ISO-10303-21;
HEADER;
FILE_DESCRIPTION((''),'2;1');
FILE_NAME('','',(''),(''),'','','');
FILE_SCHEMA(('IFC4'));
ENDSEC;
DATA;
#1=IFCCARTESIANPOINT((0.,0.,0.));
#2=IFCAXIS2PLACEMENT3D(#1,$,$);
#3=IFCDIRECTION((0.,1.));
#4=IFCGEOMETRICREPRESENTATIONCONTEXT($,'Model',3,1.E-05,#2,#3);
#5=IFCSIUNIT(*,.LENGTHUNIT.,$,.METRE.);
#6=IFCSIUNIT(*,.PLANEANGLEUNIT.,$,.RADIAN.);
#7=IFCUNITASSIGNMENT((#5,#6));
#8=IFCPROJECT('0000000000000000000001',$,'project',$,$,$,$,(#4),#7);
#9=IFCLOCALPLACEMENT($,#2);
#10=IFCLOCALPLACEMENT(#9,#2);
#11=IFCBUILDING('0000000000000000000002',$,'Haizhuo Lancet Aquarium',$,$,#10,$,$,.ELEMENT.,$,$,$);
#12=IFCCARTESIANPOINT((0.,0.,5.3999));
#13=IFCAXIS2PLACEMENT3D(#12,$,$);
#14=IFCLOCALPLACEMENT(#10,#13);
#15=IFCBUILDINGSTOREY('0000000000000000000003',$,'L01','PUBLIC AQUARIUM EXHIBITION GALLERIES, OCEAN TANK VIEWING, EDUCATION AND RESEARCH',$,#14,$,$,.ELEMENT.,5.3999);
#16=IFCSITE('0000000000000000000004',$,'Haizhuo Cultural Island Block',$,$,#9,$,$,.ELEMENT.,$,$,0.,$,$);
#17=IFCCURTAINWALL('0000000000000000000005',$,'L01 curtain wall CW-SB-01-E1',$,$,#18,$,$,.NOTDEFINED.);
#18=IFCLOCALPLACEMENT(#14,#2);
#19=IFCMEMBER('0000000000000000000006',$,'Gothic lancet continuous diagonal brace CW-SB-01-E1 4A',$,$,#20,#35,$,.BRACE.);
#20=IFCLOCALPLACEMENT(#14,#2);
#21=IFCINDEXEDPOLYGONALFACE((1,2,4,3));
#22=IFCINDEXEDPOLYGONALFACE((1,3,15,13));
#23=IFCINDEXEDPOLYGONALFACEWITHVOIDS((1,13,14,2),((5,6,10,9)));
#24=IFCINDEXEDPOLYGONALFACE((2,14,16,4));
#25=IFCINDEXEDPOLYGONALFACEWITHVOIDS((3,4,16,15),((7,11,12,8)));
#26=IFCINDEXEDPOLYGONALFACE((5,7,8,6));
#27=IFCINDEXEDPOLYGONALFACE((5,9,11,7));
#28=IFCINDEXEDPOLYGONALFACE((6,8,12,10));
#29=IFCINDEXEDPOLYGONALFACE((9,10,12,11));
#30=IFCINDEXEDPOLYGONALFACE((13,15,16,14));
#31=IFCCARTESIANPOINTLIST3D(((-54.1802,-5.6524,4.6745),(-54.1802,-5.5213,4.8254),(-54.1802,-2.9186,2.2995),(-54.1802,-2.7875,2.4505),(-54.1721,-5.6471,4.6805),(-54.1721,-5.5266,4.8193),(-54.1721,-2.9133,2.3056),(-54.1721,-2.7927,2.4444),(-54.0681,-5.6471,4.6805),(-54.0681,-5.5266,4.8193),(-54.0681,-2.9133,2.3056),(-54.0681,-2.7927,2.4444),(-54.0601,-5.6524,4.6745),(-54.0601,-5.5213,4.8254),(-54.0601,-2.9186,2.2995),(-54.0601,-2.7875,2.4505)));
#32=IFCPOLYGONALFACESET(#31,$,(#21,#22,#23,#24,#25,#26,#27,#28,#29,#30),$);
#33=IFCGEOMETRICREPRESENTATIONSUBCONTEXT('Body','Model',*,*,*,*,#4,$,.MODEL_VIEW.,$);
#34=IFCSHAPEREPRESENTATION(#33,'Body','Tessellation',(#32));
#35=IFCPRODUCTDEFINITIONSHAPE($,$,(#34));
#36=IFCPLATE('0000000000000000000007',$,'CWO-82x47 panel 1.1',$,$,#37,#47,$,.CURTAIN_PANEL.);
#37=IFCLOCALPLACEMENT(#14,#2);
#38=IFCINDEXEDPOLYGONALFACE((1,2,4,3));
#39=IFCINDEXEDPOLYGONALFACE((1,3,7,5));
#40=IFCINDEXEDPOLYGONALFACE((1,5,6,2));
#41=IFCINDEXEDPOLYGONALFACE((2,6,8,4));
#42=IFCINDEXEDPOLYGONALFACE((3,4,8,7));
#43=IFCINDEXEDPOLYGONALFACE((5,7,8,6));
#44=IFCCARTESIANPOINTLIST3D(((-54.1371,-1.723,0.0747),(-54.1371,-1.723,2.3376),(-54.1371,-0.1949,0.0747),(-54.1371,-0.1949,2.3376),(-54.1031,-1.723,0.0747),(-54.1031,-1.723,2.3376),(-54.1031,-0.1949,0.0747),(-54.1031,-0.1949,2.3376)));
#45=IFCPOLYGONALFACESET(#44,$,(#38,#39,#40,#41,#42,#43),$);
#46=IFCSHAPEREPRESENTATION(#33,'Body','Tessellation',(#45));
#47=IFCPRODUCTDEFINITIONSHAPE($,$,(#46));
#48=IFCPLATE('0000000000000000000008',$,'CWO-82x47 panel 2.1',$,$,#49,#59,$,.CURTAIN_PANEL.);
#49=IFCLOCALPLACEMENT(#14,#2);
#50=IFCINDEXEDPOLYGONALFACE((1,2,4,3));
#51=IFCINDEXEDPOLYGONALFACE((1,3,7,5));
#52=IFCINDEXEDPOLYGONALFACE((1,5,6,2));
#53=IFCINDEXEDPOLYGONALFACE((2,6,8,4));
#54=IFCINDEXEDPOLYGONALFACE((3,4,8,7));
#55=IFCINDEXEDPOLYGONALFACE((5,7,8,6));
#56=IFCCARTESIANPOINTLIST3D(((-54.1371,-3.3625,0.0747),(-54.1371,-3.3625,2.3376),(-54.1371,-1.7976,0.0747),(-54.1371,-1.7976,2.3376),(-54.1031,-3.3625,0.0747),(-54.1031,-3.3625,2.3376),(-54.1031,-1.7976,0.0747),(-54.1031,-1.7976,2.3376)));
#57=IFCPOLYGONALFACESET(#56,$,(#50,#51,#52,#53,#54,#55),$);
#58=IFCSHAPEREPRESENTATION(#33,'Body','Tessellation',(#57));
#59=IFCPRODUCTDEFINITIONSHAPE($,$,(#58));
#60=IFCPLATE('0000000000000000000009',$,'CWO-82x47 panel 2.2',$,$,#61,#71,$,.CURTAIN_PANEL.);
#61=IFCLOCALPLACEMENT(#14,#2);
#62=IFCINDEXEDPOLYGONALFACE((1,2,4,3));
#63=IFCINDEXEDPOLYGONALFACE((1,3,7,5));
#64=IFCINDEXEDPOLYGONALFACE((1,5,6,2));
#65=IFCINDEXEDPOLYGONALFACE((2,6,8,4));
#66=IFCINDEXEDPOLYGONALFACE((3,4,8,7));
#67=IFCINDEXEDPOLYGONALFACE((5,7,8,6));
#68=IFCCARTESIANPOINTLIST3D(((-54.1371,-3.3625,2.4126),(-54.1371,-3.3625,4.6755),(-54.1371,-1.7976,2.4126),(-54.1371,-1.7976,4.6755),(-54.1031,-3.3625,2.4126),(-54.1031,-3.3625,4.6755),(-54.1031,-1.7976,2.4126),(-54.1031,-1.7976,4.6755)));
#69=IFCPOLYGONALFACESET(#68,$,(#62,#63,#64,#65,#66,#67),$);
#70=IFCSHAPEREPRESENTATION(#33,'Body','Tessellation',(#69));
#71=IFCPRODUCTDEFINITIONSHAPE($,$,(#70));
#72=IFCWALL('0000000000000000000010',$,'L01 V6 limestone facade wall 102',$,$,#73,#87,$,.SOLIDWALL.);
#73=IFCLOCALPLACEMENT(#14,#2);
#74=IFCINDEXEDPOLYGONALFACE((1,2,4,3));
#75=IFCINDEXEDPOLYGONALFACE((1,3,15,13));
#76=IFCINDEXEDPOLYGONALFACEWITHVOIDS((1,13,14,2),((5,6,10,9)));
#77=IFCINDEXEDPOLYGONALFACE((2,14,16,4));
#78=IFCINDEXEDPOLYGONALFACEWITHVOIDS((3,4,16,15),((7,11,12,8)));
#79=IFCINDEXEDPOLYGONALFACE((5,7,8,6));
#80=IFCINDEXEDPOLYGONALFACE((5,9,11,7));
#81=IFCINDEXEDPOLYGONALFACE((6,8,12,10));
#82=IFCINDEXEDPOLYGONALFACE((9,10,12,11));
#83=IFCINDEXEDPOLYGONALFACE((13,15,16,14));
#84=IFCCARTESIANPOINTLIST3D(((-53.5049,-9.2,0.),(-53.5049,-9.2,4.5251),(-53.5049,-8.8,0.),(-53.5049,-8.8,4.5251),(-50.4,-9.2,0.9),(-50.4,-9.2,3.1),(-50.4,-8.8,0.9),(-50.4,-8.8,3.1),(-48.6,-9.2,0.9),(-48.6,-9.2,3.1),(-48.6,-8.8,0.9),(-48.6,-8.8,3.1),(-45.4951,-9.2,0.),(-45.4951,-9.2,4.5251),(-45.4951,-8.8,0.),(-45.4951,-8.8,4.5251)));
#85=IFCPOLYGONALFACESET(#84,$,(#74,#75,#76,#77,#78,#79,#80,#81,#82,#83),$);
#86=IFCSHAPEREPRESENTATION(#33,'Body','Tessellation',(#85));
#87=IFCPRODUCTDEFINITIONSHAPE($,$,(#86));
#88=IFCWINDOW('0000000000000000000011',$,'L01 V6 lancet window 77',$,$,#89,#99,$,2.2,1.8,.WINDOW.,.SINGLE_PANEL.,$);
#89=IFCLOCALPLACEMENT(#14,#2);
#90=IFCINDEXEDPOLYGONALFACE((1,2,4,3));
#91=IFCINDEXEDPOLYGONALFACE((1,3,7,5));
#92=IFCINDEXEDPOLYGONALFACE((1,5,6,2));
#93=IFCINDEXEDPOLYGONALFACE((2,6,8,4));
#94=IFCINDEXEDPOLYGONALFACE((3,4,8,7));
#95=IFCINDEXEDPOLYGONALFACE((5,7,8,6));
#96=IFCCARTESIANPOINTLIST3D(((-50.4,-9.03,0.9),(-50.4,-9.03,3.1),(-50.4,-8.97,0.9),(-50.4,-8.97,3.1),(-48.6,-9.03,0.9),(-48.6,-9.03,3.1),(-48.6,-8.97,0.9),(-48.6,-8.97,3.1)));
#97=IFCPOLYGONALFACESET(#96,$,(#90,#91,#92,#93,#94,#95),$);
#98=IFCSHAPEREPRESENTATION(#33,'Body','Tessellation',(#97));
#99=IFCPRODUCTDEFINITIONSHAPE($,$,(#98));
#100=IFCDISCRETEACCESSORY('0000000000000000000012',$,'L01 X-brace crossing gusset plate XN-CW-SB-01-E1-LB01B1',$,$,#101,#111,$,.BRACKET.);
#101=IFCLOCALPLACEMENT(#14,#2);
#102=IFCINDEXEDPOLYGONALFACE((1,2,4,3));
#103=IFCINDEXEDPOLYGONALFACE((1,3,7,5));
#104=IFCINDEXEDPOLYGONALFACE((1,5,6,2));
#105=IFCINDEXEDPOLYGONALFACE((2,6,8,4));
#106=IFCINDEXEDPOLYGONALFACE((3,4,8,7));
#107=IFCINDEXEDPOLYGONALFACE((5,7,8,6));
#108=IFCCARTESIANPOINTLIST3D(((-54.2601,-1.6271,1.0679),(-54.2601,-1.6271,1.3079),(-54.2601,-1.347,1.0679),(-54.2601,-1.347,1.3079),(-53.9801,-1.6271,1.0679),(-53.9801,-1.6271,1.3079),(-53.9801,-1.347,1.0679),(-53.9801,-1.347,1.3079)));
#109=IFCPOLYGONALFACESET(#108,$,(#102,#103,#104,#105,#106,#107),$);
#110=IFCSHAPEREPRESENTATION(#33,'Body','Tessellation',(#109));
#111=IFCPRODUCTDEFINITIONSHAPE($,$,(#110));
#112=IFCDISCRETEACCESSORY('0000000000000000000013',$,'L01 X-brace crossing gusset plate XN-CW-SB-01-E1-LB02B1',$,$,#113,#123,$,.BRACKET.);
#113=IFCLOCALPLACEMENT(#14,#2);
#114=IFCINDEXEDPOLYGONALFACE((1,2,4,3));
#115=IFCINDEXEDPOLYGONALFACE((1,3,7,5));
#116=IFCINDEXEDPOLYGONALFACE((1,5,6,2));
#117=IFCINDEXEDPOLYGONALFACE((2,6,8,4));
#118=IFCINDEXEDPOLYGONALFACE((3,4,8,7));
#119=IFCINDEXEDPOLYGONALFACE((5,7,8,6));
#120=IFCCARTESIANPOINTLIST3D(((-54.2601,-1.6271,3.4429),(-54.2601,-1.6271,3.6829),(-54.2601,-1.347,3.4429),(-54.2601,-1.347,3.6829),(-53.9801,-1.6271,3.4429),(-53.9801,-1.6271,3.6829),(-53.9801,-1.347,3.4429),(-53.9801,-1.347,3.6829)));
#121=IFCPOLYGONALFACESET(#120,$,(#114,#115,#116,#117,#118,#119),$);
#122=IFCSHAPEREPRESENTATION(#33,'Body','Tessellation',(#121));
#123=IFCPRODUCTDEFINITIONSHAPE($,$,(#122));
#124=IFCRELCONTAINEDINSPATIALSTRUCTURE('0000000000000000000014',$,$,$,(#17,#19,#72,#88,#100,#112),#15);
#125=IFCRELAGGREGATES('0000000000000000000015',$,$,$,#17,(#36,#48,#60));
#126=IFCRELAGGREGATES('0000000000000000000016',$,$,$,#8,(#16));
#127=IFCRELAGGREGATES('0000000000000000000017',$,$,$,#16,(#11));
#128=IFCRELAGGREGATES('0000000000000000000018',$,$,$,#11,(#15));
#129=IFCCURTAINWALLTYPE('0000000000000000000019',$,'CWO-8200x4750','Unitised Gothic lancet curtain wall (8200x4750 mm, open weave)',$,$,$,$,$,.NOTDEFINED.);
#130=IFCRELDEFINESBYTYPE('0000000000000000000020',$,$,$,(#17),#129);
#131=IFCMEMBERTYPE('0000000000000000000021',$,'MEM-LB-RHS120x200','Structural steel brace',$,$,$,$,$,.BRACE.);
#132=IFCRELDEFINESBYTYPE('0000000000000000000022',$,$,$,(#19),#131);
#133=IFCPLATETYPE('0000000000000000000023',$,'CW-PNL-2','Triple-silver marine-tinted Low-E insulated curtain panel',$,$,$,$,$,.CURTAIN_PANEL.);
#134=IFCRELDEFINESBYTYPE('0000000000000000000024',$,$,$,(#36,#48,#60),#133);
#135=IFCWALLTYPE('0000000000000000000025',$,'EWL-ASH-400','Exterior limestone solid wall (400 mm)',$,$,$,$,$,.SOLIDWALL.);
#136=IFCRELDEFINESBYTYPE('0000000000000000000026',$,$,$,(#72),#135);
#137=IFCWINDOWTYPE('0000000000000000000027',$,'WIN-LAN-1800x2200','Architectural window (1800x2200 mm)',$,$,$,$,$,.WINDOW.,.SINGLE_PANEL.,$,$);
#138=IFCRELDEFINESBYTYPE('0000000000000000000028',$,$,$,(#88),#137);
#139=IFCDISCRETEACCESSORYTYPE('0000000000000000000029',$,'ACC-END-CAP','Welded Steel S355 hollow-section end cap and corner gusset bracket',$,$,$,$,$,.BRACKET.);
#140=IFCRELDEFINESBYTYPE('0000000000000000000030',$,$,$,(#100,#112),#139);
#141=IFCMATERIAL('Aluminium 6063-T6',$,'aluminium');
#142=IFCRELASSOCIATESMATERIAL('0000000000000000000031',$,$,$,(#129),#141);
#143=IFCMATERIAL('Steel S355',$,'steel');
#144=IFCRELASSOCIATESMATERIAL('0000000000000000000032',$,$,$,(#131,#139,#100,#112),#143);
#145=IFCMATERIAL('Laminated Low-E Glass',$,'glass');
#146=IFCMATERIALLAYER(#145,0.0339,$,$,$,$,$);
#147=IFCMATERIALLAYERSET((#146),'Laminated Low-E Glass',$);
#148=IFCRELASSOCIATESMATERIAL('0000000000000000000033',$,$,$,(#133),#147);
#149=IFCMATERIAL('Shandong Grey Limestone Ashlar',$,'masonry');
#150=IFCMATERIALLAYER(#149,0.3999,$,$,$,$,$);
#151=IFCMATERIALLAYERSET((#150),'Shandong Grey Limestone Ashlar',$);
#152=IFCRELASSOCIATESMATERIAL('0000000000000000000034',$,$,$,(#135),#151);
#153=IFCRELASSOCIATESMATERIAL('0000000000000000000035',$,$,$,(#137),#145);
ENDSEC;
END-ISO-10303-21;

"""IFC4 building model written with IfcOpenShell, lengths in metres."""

from ifc_helpers import new_model, si_unit, direction, frame, frame_2d, origin, origin_2d, place, context, subcontext, project, spatial, rectangle, hollow_rectangle, extrude, material, layer, layer_set, material_profile, profile_set, type_object, element, fill, aggregate, save


model = new_model("IFC4")

# Units and contexts
model_context = context("Model", 3, precision=1e-05, world=origin(), true_north=direction((0.0, 1.0)))
body_context = subcontext(model_context, "Body", "Model", "MODEL_VIEW")
ifc_project = project(units=[si_unit("LENGTHUNIT", "METRE"), si_unit("PLANEANGLEUNIT", "RADIAN")], contexts=[model_context])

# Site, building, storey
site_placement = place(None, origin())
site = spatial("IfcSite", under=ifc_project, at=site_placement, Name="Haizhuo Cultural Island Block", CompositionType="ELEMENT", RefElevation=0.0)
building_placement = place(site_placement, origin())
building = spatial("IfcBuilding", under=site, at=building_placement, Name="Haizhuo Lancet Aquarium", CompositionType="ELEMENT")
storey_placement = place(building_placement, frame((0.0, 0.0, 5.3999)))
storey = spatial("IfcBuildingStorey", under=building, at=storey_placement, Name="L01", Description="PUBLIC AQUARIUM EXHIBITION GALLERIES, OCEAN TANK VIEWING, EDUCATION AND RESEARCH", CompositionType="ELEMENT", Elevation=5.3999)

# Shared definitions
ifc_material_1 = material(Name="Steel S355", Category="steel")

# Curtain wall
ifc_material_2 = material(Name="Aluminium 6063-T6", Category="aluminium")
curtain_wall_type_1 = type_object("IfcCurtainWallType", Name="CWO-8200x4750", Description="Unitised Gothic lancet curtain wall (8200x4750 mm, open weave)", PredefinedType="NOTDEFINED", material=ifc_material_2)
curtain_wall_1_placement = place(storey_placement, origin())
curtain_wall_1 = element("IfcCurtainWall", 1, at=curtain_wall_1_placement, inside=storey, type_object=curtain_wall_type_1, Name="L01 curtain wall CW-SB-01-E1", PredefinedType="NOTDEFINED")

# Member
ifc_material_profile_1 = material_profile(ifc_material_1, hollow_rectangle(XDim=0.1201, YDim=0.2, WallThickness=0.0081, at=origin_2d()), Name="RHS 120x200x8")
ifc_profile_set_1 = profile_set([ifc_material_profile_1], Name="Steel S355")
member_type_1 = type_object("IfcMemberType", Name="MEM-LB-RHS120x200", Description="Structural steel brace", PredefinedType="BRACE", material=ifc_profile_set_1)
for number, where, z_axis, x_axis, name in (
    (2, (-54.1201, -2.853, 2.375), (0.0, -0.754919, 0.655818), (1.0, 0.0, 0.0), "Gothic lancet continuous diagonal brace CW-SB-01-E1 4A"),
):
    element("IfcMember", number, at=place(storey_placement, frame(where, z_axis=z_axis, x_axis=x_axis)), inside=storey, type_object=member_type_1, Name=name, PredefinedType="BRACE", context=body_context, shape_type="SweptSolid", body=[
        extrude(hollow_rectangle(XDim=0.1201, YDim=0.2, WallThickness=0.0081, at=origin_2d()), origin(), (0.0, 0.0, 1.0), 3.6213),
    ])

# Plates
ifc_material_3 = material(Name="Laminated Low-E Glass", Category="glass")
ifc_layer_1 = layer(ifc_material_3, 0.0339)
ifc_layer_set_1 = layer_set([ifc_layer_1], Name="Laminated Low-E Glass")
plate_type = type_object("IfcPlateType", Name="CW-PNL-2", Description="Triple-silver marine-tinted Low-E insulated curtain panel", PredefinedType="CURTAIN_PANEL", material=ifc_layer_set_1)
plate_1_placement = place(storey_placement, frame((-54.1201, -0.959, 0.0747), z_axis=(0.0, 0.0, 1.0), x_axis=(0.0, -1.0, 0.0)))
plate_1 = element("IfcPlate", 3, at=plate_1_placement, type_object=plate_type, Name="CWO-82x47 panel 1.1", PredefinedType="CURTAIN_PANEL", context=body_context, shape_type="SweptSolid", body=[
    extrude(rectangle(XDim=1.5281, YDim=0.0339, at=origin_2d()), origin(), (0.0, 0.0, 1.0), 2.2629),
])
plate_2_placement = place(storey_placement, frame((-54.1201, -2.5801, 0.0747), z_axis=(0.0, 0.0, 1.0), x_axis=(0.0, -1.0, 0.0)))
plate_2 = element("IfcPlate", 4, at=plate_2_placement, type_object=plate_type, Name="CWO-82x47 panel 2.1", PredefinedType="CURTAIN_PANEL", context=body_context, shape_type="SweptSolid", body=[
    extrude(rectangle(XDim=1.5649, YDim=0.0339, at=origin_2d()), origin(), (0.0, 0.0, 1.0), 2.2629),
])
plate_3_placement = place(storey_placement, frame((-54.1201, -2.5801, 2.4126), z_axis=(0.0, 0.0, 1.0), x_axis=(0.0, -1.0, 0.0)))
plate_3 = element("IfcPlate", 5, at=plate_3_placement, type_object=plate_type, Name="CWO-82x47 panel 2.2", PredefinedType="CURTAIN_PANEL", context=body_context, shape_type="SweptSolid", body=[
    extrude(rectangle(XDim=1.5649, YDim=0.0339, at=origin_2d()), origin(), (0.0, 0.0, 1.0), 2.2629),
])
aggregate(curtain_wall_1, [plate_1, plate_2, plate_3])

# Wall, opening, window
ifc_material_4 = material(Name="Shandong Grey Limestone Ashlar", Category="masonry")
ifc_layer_2 = layer(ifc_material_4, 0.3999)
ifc_layer_set_2 = layer_set([ifc_layer_2], Name="Shandong Grey Limestone Ashlar")
wall_type = type_object("IfcWallType", Name="EWL-ASH-400", Description="Exterior limestone solid wall (400 mm)", PredefinedType="SOLIDWALL", material=ifc_layer_set_2)
wall_placement = place(storey_placement, frame((-53.5049, -9.0, 0.0), z_axis=(0.0, 0.0, 1.0), x_axis=(1.0, 0.0, 0.0)))
wall = element("IfcWall", 6, at=wall_placement, inside=storey, type_object=wall_type, Name="L01 V6 limestone facade wall 102", PredefinedType="SOLIDWALL", context=body_context, shape_type="SweptSolid", body=[
    extrude(rectangle(XDim=8.0098, YDim=0.3999, at=frame_2d((4.0049, 0.0))), origin(), (0.0, 0.0, 1.0), 4.5251),
])
opening_placement = place(wall_placement, frame((3.105, 0.0, 0.8999)))
opening = element("IfcOpeningElement", 7, at=opening_placement, cuts=wall, PredefinedType="OPENING", context=body_context, shape_type="SweptSolid", body=[
    extrude(rectangle(XDim=1.8, YDim=2.2, at=frame_2d((0.8999, 1.1001))), frame((0.0, 0.21, 0.0), z_axis=(0.0, -1.0, 0.0), x_axis=(1.0, 0.0, 0.0)), (0.0, 0.0, 1.0), 0.4199),
])
window_type = type_object("IfcWindowType", Name="WIN-LAN-1800x2200", Description="Architectural window (1800x2200 mm)", PartitioningType="SINGLE_PANEL", PredefinedType="WINDOW", material=ifc_material_3)
window_placement = place(opening_placement, origin())
window = element("IfcWindow", 8, at=window_placement, inside=storey, type_object=window_type, Name="L01 V6 lancet window 77", OverallHeight=2.2, OverallWidth=1.8, PartitioningType="SINGLE_PANEL", PredefinedType="WINDOW", context=body_context, shape_type="SweptSolid", body=[
    extrude(rectangle(XDim=1.8, YDim=2.2, at=frame_2d((0.8999, 1.1001))), frame((0.0, 0.03, 0.0), z_axis=(0.0, -1.0, 0.0), x_axis=(1.0, 0.0, 0.0)), (0.0, 0.0, 1.0), 0.0601),
])
fill(opening, window)

# Discrete accessories
discrete_accessory_type = type_object("IfcDiscreteAccessoryType", Name="ACC-END-CAP", Description="Welded Steel S355 hollow-section end cap and corner gusset bracket", PredefinedType="BRACKET", material=ifc_material_1)
for number, where, z_axis, x_axis, name in (
    (9, (-54.1201, -1.4871, 1.0679), (0.0, 0.0, 1.0), (1.0, 0.0, 0.0), "L01 X-brace crossing gusset plate XN-CW-SB-01-E1-LB01B1"),
    (10, (-54.1201, -1.4871, 3.4429), (0.0, 0.0, 1.0), (1.0, 0.0, 0.0), "L01 X-brace crossing gusset plate XN-CW-SB-01-E1-LB02B1"),
):
    element("IfcDiscreteAccessory", number, at=place(storey_placement, frame(where, z_axis=z_axis, x_axis=x_axis)), inside=storey, type_object=discrete_accessory_type, material=ifc_material_1, Name=name, PredefinedType="BRACKET", context=body_context, shape_type="SweptSolid", body=[
        extrude(rectangle(XDim=0.28, YDim=0.28, at=origin_2d()), origin(), (0.0, 0.0, 1.0), 0.24),
    ])

save(model, "model.ifc")
